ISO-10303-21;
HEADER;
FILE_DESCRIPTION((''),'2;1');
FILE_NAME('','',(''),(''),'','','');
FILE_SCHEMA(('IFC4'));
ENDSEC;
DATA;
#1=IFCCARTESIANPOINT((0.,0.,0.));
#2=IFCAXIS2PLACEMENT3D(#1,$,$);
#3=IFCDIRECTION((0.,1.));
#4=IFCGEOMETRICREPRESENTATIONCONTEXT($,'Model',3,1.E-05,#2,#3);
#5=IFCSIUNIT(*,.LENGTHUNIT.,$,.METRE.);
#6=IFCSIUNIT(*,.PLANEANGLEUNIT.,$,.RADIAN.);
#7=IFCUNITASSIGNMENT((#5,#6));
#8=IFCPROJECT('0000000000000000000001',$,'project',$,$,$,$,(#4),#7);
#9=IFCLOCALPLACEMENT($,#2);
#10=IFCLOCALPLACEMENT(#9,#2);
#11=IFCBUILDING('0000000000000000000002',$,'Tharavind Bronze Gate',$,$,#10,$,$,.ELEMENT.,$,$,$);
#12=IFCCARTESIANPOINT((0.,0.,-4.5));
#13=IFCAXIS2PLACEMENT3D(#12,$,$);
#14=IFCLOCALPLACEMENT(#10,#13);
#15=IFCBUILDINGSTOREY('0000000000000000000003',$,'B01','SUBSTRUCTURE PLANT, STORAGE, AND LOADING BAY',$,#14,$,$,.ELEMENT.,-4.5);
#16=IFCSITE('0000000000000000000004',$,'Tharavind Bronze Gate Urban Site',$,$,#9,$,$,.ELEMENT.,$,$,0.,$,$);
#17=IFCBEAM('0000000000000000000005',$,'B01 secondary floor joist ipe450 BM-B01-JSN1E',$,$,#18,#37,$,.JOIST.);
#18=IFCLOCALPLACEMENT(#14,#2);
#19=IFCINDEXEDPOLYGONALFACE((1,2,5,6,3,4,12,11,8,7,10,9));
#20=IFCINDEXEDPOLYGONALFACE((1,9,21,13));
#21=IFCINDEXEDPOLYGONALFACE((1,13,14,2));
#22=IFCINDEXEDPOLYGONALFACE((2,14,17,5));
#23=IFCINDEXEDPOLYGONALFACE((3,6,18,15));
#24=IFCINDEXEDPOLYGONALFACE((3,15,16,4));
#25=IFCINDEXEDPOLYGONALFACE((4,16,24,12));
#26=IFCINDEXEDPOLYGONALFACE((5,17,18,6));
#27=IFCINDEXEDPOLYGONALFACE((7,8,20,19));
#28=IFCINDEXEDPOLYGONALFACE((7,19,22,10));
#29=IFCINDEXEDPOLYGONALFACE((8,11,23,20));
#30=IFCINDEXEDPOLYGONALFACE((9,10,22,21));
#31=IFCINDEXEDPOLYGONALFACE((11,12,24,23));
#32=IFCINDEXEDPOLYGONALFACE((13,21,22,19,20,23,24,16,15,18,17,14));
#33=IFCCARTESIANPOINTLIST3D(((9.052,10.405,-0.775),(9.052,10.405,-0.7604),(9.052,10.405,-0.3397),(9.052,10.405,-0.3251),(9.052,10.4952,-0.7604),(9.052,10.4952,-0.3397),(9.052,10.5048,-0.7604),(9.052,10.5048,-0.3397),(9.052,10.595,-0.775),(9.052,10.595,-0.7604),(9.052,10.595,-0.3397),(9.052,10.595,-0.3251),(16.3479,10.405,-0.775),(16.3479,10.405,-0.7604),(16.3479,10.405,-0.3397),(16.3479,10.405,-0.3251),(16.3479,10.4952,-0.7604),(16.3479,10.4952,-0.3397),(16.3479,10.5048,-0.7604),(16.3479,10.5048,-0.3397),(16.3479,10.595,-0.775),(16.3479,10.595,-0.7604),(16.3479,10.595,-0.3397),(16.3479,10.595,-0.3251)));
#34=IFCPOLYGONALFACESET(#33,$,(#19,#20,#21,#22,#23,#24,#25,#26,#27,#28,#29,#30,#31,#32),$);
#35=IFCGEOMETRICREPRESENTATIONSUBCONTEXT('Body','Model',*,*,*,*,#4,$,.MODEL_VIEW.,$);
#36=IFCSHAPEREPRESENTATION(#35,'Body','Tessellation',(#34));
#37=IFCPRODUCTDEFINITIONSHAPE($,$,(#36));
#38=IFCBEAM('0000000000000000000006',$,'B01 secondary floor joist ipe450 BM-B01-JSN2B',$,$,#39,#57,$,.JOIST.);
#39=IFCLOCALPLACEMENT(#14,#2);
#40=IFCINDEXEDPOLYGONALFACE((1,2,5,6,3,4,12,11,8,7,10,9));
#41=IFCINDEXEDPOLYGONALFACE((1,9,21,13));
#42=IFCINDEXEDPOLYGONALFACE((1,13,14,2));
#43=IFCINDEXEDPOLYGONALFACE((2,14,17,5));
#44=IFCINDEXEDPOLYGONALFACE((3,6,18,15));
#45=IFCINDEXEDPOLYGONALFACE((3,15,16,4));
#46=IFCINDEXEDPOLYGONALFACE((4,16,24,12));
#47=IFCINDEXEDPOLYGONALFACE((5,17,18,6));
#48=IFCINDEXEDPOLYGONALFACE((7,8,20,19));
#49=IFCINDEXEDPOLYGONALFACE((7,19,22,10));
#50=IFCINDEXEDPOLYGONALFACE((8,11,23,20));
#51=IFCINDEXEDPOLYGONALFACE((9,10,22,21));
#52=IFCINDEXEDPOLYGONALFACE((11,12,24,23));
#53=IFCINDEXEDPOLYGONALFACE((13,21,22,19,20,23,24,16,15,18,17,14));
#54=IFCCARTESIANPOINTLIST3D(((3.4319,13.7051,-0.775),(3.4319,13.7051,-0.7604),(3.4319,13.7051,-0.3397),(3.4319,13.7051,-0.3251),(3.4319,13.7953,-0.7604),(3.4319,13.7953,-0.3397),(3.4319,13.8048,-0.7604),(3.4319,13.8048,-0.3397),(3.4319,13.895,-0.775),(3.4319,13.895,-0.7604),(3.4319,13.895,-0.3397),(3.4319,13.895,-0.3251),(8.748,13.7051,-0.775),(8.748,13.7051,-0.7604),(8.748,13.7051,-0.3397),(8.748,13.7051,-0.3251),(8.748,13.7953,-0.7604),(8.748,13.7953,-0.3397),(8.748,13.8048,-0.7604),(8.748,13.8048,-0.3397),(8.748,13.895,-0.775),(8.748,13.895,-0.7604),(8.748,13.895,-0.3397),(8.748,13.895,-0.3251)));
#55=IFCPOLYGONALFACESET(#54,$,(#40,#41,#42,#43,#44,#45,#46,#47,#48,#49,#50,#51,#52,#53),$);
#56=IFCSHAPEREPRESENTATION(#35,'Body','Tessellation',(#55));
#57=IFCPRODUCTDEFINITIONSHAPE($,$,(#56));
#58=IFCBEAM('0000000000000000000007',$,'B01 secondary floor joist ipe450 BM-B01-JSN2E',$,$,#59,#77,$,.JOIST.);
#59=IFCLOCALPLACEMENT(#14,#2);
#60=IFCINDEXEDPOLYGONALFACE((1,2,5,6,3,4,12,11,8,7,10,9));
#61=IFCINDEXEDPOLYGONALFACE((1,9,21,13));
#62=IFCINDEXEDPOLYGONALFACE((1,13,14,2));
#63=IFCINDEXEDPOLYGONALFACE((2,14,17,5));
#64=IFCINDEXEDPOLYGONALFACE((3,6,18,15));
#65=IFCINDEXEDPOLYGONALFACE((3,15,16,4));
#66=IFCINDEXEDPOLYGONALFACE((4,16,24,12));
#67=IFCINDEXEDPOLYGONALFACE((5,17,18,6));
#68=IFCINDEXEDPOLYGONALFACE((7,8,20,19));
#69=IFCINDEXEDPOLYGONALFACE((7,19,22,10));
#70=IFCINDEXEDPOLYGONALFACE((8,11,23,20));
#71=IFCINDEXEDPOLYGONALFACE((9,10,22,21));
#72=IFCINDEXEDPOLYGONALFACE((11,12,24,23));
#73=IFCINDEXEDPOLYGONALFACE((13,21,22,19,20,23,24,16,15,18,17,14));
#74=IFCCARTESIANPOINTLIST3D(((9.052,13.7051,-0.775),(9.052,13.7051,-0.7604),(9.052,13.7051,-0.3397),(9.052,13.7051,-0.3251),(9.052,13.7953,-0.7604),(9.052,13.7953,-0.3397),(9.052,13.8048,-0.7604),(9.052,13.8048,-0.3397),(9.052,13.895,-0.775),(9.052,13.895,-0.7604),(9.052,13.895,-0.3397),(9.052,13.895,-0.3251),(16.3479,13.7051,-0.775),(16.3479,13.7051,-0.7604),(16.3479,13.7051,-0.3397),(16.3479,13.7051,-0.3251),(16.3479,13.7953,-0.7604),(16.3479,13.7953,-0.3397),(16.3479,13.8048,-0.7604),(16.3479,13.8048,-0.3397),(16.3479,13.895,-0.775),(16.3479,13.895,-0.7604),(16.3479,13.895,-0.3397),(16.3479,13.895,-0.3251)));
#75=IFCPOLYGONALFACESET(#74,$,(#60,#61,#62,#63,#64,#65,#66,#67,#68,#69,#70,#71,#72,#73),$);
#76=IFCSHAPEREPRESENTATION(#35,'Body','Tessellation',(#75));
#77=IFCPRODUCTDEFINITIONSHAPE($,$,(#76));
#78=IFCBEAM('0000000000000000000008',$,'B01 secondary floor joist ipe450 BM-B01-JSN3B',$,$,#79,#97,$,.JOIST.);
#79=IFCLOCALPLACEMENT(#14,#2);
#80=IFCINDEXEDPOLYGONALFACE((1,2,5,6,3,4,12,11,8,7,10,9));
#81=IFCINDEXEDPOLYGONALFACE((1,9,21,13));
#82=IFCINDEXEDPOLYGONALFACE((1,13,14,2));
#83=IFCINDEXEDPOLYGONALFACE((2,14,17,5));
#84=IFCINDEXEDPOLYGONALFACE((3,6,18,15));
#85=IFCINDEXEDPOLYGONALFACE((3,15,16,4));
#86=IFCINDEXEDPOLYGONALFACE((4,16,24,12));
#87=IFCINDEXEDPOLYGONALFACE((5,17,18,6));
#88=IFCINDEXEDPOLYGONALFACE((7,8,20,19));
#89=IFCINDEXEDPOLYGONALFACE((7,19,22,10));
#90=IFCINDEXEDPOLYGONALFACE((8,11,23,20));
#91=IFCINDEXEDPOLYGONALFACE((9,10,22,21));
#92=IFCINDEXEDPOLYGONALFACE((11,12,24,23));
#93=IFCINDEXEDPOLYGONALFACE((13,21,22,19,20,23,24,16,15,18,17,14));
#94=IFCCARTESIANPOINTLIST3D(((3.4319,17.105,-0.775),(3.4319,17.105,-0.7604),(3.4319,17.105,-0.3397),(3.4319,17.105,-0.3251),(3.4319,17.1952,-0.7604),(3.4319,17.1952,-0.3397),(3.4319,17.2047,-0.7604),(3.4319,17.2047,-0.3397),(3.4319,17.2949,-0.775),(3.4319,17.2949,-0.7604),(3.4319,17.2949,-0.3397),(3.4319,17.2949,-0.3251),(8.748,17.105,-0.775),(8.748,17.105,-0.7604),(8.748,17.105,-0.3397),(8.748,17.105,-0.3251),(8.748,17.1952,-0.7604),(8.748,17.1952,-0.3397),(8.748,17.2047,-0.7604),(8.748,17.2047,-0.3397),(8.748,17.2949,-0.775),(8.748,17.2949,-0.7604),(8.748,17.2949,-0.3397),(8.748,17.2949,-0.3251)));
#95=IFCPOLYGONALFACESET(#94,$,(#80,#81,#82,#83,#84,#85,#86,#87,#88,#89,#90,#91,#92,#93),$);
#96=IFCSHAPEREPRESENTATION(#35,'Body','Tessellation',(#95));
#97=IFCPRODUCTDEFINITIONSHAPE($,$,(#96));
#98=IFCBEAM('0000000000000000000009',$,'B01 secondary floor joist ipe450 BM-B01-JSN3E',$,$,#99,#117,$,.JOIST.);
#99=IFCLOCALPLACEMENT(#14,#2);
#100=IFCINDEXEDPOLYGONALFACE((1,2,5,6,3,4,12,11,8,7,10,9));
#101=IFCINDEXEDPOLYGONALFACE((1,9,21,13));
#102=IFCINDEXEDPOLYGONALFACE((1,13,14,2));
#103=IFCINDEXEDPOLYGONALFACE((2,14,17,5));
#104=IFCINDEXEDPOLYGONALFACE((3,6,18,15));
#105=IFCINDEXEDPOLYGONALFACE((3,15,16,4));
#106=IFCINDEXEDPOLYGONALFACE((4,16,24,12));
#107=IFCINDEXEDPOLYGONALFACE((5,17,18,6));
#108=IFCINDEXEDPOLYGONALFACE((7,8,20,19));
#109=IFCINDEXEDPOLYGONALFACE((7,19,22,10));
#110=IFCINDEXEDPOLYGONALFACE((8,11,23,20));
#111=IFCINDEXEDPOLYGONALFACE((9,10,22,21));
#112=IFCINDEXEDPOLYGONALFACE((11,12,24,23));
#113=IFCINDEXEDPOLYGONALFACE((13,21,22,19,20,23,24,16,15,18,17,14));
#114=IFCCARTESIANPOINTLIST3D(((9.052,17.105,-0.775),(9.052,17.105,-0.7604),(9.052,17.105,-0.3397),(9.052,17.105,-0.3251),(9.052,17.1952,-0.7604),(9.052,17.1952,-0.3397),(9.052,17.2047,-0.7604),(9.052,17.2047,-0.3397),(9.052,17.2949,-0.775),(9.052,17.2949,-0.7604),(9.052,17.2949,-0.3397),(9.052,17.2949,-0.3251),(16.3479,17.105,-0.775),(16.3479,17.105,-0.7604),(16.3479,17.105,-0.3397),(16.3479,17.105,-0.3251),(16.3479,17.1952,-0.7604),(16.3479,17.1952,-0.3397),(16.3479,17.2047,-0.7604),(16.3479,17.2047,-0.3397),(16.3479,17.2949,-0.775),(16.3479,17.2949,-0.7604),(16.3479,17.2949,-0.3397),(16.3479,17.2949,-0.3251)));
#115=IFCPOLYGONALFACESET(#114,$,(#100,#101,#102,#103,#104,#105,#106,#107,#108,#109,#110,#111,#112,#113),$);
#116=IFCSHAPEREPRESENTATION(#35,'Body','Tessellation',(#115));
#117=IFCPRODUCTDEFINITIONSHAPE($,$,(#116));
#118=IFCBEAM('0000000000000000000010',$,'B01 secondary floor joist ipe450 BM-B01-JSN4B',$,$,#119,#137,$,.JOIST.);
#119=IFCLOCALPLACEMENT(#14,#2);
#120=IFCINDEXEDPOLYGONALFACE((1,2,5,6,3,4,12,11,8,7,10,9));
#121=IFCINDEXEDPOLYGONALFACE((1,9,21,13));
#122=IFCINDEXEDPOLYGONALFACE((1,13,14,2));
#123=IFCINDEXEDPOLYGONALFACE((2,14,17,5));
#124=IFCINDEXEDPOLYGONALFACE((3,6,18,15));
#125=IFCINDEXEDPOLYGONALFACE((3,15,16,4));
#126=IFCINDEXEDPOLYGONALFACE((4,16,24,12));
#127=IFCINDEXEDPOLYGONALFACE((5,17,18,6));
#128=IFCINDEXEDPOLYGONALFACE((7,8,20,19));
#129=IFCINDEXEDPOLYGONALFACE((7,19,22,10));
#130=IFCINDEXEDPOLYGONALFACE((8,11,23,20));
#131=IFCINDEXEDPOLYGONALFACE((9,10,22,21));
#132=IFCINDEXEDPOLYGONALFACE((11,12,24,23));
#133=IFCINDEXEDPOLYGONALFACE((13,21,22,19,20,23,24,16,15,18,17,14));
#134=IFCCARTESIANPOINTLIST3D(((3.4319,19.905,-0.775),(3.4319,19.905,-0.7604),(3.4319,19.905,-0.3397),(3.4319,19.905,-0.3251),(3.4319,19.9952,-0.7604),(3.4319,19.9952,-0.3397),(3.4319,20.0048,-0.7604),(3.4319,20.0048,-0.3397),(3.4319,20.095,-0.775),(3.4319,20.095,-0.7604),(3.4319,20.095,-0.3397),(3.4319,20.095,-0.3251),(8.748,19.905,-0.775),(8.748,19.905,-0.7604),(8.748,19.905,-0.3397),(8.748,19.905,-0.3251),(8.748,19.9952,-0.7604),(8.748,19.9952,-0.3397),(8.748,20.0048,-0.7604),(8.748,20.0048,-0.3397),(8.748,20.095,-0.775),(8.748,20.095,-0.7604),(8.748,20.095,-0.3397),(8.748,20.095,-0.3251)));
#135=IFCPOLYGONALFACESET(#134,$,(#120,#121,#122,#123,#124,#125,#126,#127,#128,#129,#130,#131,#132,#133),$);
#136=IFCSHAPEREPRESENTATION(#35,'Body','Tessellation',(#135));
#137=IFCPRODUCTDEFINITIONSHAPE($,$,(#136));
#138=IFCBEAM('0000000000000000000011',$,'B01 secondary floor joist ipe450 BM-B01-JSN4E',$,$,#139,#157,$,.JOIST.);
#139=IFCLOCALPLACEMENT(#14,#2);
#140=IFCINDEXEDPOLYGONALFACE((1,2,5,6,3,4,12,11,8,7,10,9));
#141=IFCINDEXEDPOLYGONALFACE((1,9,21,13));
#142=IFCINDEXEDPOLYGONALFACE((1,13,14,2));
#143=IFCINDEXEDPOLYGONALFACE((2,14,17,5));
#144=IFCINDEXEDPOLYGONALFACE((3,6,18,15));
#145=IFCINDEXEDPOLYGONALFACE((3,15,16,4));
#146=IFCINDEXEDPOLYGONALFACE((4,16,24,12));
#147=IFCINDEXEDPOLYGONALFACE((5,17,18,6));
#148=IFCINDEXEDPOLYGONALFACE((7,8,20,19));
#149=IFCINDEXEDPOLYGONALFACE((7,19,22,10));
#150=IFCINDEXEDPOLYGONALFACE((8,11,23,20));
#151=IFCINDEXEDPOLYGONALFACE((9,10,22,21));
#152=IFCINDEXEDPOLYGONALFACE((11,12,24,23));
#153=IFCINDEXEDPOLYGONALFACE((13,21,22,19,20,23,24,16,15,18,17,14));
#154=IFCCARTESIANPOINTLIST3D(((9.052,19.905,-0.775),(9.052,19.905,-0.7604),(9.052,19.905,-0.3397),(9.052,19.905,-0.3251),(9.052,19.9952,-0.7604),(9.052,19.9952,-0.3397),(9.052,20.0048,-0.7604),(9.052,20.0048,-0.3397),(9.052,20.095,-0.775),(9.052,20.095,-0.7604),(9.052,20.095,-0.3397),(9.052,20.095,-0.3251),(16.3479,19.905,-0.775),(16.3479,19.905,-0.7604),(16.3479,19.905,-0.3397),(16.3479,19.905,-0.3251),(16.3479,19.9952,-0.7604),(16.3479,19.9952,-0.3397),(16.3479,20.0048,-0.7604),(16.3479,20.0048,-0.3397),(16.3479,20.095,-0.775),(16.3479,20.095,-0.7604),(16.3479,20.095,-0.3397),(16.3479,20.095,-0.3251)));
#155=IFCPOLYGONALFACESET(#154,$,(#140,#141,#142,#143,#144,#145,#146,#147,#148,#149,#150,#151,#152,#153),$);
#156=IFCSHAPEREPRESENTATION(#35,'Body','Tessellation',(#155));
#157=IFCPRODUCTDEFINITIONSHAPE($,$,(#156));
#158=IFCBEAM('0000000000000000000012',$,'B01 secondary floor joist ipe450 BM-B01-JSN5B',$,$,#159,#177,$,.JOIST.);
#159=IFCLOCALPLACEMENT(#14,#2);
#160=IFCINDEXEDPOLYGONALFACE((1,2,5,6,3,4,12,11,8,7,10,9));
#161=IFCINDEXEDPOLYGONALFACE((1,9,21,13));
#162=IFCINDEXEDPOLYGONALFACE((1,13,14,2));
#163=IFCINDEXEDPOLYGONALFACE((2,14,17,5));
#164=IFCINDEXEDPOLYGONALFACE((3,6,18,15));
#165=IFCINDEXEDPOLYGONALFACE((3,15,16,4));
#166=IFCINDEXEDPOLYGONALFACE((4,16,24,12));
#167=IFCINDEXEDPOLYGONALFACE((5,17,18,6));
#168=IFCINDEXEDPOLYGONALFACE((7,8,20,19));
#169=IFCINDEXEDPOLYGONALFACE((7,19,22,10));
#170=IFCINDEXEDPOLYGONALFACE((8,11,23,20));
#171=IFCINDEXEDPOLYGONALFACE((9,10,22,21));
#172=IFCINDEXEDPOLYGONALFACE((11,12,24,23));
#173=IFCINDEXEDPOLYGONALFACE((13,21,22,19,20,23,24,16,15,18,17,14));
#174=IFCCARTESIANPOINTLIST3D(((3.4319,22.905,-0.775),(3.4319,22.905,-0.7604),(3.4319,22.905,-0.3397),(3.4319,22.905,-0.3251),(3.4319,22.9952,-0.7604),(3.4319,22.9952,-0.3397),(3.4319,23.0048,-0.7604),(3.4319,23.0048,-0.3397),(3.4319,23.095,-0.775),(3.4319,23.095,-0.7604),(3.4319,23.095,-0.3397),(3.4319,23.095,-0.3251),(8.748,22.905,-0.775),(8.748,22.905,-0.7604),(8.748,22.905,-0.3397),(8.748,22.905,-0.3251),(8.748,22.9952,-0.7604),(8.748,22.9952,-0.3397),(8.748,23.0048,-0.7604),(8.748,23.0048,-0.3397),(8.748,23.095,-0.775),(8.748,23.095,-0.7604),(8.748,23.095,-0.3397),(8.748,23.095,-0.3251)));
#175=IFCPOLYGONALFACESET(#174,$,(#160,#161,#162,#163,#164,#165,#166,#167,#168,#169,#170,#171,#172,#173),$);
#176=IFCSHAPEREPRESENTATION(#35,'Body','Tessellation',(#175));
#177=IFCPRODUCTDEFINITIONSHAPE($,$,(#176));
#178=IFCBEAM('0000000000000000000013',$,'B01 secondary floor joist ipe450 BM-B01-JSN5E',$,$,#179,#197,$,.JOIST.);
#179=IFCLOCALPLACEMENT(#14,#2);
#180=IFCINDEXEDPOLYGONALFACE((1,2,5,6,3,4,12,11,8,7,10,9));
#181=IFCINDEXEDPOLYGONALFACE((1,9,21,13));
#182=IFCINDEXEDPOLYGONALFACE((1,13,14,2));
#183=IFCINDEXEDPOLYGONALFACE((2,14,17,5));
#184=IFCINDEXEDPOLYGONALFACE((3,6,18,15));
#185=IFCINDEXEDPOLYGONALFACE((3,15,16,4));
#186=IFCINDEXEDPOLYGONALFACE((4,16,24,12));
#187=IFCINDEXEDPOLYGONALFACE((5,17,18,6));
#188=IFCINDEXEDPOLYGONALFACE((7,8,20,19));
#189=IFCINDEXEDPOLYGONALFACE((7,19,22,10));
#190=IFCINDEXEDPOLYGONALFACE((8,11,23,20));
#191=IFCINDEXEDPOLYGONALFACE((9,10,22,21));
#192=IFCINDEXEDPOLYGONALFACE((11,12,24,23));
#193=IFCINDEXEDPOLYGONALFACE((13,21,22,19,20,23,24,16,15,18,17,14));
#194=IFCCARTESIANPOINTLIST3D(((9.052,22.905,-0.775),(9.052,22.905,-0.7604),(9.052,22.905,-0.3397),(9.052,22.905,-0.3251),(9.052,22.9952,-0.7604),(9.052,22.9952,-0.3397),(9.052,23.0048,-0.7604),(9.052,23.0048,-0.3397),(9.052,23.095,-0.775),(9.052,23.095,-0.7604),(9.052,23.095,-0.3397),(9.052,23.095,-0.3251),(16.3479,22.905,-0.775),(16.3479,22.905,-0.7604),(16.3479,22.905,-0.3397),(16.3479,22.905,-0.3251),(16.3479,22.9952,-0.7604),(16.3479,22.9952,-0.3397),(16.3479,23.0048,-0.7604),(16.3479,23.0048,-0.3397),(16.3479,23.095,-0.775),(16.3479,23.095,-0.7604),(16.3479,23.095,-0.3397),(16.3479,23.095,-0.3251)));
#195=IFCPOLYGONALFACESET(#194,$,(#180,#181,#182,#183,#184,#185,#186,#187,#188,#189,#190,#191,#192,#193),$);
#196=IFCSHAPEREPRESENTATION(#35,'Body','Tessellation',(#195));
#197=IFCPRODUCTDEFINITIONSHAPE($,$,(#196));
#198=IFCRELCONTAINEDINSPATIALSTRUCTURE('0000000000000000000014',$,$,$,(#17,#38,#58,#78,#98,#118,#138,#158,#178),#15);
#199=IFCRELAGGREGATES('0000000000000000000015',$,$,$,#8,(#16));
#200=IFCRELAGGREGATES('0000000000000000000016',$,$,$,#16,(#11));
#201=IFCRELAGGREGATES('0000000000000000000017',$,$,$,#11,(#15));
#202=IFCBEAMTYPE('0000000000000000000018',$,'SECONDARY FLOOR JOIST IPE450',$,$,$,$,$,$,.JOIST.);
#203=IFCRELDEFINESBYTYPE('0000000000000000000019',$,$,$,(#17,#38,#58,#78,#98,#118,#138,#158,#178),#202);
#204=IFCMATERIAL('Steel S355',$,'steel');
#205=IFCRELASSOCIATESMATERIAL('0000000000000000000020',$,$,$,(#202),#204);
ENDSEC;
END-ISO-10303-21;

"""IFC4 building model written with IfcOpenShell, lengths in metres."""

from ifc_helpers import new_model, si_unit, direction, frame, origin, origin_2d, place, context, subcontext, project, spatial, i_section, extrude, material, material_profile, profile_set, type_object, element, save


model = new_model("IFC4")

# Units and contexts
model_context = context("Model", 3, precision=1e-05, world=origin(), true_north=direction((0.0, 1.0)))
body_context = subcontext(model_context, "Body", "Model", "MODEL_VIEW")
ifc_project = project(units=[si_unit("LENGTHUNIT", "METRE"), si_unit("PLANEANGLEUNIT", "RADIAN")], contexts=[model_context])

# Site, building, storey
site_placement = place(None, origin())
site = spatial("IfcSite", under=ifc_project, at=site_placement, Name="Tharavind Bronze Gate Urban Site", CompositionType="ELEMENT", RefElevation=0.0)
building_placement = place(site_placement, origin())
building = spatial("IfcBuilding", under=site, at=building_placement, Name="Tharavind Bronze Gate", CompositionType="ELEMENT")
storey_placement = place(building_placement, frame((0.0, 0.0, -4.5)))
storey = spatial("IfcBuildingStorey", under=building, at=storey_placement, Name="B01", Description="SUBSTRUCTURE PLANT, STORAGE, AND LOADING BAY", CompositionType="ELEMENT", Elevation=-4.5)

# Beams
ifc_material_1 = material(Name="Steel S355", Category="steel")
ifc_material_profile_1 = material_profile(ifc_material_1, i_section(OverallWidth=0.1899, OverallDepth=0.45, WebThickness=0.0095, FlangeThickness=0.0146, at=origin_2d()), Name="IPE450")
ifc_profile_set_1 = profile_set([ifc_material_profile_1], Name="Steel S355")
beam_type_1 = type_object("IfcBeamType", Name="SECONDARY FLOOR JOIST IPE450", PredefinedType="JOIST", material=ifc_profile_set_1)
beam_1_placement = place(storey_placement, frame((9.052, 10.5, -0.55), z_axis=(1.0, 0.0, 0.0), x_axis=(0.0, 1.0, 0.0)))
element("IfcBeam", 1, at=beam_1_placement, inside=storey, type_object=beam_type_1, Name="B01 secondary floor joist ipe450 BM-B01-JSN1E", PredefinedType="JOIST", context=body_context, shape_type="SweptSolid", body=[
    extrude(i_section(OverallWidth=0.1899, OverallDepth=0.45, WebThickness=0.0095, FlangeThickness=0.0146, at=origin_2d()), origin(), (0.0, 0.0, 1.0), 7.2959),
])
beam_2_placement = place(storey_placement, frame((3.4319, 13.8, -0.55), z_axis=(1.0, 0.0, 0.0), x_axis=(0.0, 1.0, 0.0)))
element("IfcBeam", 2, at=beam_2_placement, inside=storey, type_object=beam_type_1, Name="B01 secondary floor joist ipe450 BM-B01-JSN2B", PredefinedType="JOIST", context=body_context, shape_type="SweptSolid", body=[
    extrude(i_section(OverallWidth=0.1899, OverallDepth=0.45, WebThickness=0.0095, FlangeThickness=0.0146, at=origin_2d()), origin(), (0.0, 0.0, 1.0), 5.3162),
])
beam_3_placement = place(storey_placement, frame((9.052, 13.8, -0.55), z_axis=(1.0, 0.0, 0.0), x_axis=(0.0, 1.0, 0.0)))
element("IfcBeam", 3, at=beam_3_placement, inside=storey, type_object=beam_type_1, Name="B01 secondary floor joist ipe450 BM-B01-JSN2E", PredefinedType="JOIST", context=body_context, shape_type="SweptSolid", body=[
    extrude(i_section(OverallWidth=0.1899, OverallDepth=0.45, WebThickness=0.0095, FlangeThickness=0.0146, at=origin_2d()), origin(), (0.0, 0.0, 1.0), 7.2959),
])
beam_4_placement = place(storey_placement, frame((3.4319, 17.2, -0.55), z_axis=(1.0, 0.0, 0.0), x_axis=(0.0, 1.0, 0.0)))
element("IfcBeam", 4, at=beam_4_placement, inside=storey, type_object=beam_type_1, Name="B01 secondary floor joist ipe450 BM-B01-JSN3B", PredefinedType="JOIST", context=body_context, shape_type="SweptSolid", body=[
    extrude(i_section(OverallWidth=0.1899, OverallDepth=0.45, WebThickness=0.0095, FlangeThickness=0.0146, at=origin_2d()), origin(), (0.0, 0.0, 1.0), 5.3162),
])
beam_5_placement = place(storey_placement, frame((9.052, 17.2, -0.55), z_axis=(1.0, 0.0, 0.0), x_axis=(0.0, 1.0, 0.0)))
element("IfcBeam", 5, at=beam_5_placement, inside=storey, type_object=beam_type_1, Name="B01 secondary floor joist ipe450 BM-B01-JSN3E", PredefinedType="JOIST", context=body_context, shape_type="SweptSolid", body=[
    extrude(i_section(OverallWidth=0.1899, OverallDepth=0.45, WebThickness=0.0095, FlangeThickness=0.0146, at=origin_2d()), origin(), (0.0, 0.0, 1.0), 7.2959),
])
beam_6_placement = place(storey_placement, frame((3.4319, 20.0, -0.55), z_axis=(1.0, 0.0, 0.0), x_axis=(0.0, 1.0, 0.0)))
element("IfcBeam", 6, at=beam_6_placement, inside=storey, type_object=beam_type_1, Name="B01 secondary floor joist ipe450 BM-B01-JSN4B", PredefinedType="JOIST", context=body_context, shape_type="SweptSolid", body=[
    extrude(i_section(OverallWidth=0.1899, OverallDepth=0.45, WebThickness=0.0095, FlangeThickness=0.0146, at=origin_2d()), origin(), (0.0, 0.0, 1.0), 5.3162),
])
beam_7_placement = place(storey_placement, frame((9.052, 20.0, -0.55), z_axis=(1.0, 0.0, 0.0), x_axis=(0.0, 1.0, 0.0)))
element("IfcBeam", 7, at=beam_7_placement, inside=storey, type_object=beam_type_1, Name="B01 secondary floor joist ipe450 BM-B01-JSN4E", PredefinedType="JOIST", context=body_context, shape_type="SweptSolid", body=[
    extrude(i_section(OverallWidth=0.1899, OverallDepth=0.45, WebThickness=0.0095, FlangeThickness=0.0146, at=origin_2d()), origin(), (0.0, 0.0, 1.0), 7.2959),
])
beam_8_placement = place(storey_placement, frame((3.4319, 23.0, -0.55), z_axis=(1.0, 0.0, 0.0), x_axis=(0.0, 1.0, 0.0)))
element("IfcBeam", 8, at=beam_8_placement, inside=storey, type_object=beam_type_1, Name="B01 secondary floor joist ipe450 BM-B01-JSN5B", PredefinedType="JOIST", context=body_context, shape_type="SweptSolid", body=[
    extrude(i_section(OverallWidth=0.1899, OverallDepth=0.45, WebThickness=0.0095, FlangeThickness=0.0146, at=origin_2d()), origin(), (0.0, 0.0, 1.0), 5.3162),
])
beam_9_placement = place(storey_placement, frame((9.052, 23.0, -0.55), z_axis=(1.0, 0.0, 0.0), x_axis=(0.0, 1.0, 0.0)))
element("IfcBeam", 9, at=beam_9_placement, inside=storey, type_object=beam_type_1, Name="B01 secondary floor joist ipe450 BM-B01-JSN5E", PredefinedType="JOIST", context=body_context, shape_type="SweptSolid", body=[
    extrude(i_section(OverallWidth=0.1899, OverallDepth=0.45, WebThickness=0.0095, FlangeThickness=0.0146, at=origin_2d()), origin(), (0.0, 0.0, 1.0), 7.2959),
])

save(model, "model.ifc")
